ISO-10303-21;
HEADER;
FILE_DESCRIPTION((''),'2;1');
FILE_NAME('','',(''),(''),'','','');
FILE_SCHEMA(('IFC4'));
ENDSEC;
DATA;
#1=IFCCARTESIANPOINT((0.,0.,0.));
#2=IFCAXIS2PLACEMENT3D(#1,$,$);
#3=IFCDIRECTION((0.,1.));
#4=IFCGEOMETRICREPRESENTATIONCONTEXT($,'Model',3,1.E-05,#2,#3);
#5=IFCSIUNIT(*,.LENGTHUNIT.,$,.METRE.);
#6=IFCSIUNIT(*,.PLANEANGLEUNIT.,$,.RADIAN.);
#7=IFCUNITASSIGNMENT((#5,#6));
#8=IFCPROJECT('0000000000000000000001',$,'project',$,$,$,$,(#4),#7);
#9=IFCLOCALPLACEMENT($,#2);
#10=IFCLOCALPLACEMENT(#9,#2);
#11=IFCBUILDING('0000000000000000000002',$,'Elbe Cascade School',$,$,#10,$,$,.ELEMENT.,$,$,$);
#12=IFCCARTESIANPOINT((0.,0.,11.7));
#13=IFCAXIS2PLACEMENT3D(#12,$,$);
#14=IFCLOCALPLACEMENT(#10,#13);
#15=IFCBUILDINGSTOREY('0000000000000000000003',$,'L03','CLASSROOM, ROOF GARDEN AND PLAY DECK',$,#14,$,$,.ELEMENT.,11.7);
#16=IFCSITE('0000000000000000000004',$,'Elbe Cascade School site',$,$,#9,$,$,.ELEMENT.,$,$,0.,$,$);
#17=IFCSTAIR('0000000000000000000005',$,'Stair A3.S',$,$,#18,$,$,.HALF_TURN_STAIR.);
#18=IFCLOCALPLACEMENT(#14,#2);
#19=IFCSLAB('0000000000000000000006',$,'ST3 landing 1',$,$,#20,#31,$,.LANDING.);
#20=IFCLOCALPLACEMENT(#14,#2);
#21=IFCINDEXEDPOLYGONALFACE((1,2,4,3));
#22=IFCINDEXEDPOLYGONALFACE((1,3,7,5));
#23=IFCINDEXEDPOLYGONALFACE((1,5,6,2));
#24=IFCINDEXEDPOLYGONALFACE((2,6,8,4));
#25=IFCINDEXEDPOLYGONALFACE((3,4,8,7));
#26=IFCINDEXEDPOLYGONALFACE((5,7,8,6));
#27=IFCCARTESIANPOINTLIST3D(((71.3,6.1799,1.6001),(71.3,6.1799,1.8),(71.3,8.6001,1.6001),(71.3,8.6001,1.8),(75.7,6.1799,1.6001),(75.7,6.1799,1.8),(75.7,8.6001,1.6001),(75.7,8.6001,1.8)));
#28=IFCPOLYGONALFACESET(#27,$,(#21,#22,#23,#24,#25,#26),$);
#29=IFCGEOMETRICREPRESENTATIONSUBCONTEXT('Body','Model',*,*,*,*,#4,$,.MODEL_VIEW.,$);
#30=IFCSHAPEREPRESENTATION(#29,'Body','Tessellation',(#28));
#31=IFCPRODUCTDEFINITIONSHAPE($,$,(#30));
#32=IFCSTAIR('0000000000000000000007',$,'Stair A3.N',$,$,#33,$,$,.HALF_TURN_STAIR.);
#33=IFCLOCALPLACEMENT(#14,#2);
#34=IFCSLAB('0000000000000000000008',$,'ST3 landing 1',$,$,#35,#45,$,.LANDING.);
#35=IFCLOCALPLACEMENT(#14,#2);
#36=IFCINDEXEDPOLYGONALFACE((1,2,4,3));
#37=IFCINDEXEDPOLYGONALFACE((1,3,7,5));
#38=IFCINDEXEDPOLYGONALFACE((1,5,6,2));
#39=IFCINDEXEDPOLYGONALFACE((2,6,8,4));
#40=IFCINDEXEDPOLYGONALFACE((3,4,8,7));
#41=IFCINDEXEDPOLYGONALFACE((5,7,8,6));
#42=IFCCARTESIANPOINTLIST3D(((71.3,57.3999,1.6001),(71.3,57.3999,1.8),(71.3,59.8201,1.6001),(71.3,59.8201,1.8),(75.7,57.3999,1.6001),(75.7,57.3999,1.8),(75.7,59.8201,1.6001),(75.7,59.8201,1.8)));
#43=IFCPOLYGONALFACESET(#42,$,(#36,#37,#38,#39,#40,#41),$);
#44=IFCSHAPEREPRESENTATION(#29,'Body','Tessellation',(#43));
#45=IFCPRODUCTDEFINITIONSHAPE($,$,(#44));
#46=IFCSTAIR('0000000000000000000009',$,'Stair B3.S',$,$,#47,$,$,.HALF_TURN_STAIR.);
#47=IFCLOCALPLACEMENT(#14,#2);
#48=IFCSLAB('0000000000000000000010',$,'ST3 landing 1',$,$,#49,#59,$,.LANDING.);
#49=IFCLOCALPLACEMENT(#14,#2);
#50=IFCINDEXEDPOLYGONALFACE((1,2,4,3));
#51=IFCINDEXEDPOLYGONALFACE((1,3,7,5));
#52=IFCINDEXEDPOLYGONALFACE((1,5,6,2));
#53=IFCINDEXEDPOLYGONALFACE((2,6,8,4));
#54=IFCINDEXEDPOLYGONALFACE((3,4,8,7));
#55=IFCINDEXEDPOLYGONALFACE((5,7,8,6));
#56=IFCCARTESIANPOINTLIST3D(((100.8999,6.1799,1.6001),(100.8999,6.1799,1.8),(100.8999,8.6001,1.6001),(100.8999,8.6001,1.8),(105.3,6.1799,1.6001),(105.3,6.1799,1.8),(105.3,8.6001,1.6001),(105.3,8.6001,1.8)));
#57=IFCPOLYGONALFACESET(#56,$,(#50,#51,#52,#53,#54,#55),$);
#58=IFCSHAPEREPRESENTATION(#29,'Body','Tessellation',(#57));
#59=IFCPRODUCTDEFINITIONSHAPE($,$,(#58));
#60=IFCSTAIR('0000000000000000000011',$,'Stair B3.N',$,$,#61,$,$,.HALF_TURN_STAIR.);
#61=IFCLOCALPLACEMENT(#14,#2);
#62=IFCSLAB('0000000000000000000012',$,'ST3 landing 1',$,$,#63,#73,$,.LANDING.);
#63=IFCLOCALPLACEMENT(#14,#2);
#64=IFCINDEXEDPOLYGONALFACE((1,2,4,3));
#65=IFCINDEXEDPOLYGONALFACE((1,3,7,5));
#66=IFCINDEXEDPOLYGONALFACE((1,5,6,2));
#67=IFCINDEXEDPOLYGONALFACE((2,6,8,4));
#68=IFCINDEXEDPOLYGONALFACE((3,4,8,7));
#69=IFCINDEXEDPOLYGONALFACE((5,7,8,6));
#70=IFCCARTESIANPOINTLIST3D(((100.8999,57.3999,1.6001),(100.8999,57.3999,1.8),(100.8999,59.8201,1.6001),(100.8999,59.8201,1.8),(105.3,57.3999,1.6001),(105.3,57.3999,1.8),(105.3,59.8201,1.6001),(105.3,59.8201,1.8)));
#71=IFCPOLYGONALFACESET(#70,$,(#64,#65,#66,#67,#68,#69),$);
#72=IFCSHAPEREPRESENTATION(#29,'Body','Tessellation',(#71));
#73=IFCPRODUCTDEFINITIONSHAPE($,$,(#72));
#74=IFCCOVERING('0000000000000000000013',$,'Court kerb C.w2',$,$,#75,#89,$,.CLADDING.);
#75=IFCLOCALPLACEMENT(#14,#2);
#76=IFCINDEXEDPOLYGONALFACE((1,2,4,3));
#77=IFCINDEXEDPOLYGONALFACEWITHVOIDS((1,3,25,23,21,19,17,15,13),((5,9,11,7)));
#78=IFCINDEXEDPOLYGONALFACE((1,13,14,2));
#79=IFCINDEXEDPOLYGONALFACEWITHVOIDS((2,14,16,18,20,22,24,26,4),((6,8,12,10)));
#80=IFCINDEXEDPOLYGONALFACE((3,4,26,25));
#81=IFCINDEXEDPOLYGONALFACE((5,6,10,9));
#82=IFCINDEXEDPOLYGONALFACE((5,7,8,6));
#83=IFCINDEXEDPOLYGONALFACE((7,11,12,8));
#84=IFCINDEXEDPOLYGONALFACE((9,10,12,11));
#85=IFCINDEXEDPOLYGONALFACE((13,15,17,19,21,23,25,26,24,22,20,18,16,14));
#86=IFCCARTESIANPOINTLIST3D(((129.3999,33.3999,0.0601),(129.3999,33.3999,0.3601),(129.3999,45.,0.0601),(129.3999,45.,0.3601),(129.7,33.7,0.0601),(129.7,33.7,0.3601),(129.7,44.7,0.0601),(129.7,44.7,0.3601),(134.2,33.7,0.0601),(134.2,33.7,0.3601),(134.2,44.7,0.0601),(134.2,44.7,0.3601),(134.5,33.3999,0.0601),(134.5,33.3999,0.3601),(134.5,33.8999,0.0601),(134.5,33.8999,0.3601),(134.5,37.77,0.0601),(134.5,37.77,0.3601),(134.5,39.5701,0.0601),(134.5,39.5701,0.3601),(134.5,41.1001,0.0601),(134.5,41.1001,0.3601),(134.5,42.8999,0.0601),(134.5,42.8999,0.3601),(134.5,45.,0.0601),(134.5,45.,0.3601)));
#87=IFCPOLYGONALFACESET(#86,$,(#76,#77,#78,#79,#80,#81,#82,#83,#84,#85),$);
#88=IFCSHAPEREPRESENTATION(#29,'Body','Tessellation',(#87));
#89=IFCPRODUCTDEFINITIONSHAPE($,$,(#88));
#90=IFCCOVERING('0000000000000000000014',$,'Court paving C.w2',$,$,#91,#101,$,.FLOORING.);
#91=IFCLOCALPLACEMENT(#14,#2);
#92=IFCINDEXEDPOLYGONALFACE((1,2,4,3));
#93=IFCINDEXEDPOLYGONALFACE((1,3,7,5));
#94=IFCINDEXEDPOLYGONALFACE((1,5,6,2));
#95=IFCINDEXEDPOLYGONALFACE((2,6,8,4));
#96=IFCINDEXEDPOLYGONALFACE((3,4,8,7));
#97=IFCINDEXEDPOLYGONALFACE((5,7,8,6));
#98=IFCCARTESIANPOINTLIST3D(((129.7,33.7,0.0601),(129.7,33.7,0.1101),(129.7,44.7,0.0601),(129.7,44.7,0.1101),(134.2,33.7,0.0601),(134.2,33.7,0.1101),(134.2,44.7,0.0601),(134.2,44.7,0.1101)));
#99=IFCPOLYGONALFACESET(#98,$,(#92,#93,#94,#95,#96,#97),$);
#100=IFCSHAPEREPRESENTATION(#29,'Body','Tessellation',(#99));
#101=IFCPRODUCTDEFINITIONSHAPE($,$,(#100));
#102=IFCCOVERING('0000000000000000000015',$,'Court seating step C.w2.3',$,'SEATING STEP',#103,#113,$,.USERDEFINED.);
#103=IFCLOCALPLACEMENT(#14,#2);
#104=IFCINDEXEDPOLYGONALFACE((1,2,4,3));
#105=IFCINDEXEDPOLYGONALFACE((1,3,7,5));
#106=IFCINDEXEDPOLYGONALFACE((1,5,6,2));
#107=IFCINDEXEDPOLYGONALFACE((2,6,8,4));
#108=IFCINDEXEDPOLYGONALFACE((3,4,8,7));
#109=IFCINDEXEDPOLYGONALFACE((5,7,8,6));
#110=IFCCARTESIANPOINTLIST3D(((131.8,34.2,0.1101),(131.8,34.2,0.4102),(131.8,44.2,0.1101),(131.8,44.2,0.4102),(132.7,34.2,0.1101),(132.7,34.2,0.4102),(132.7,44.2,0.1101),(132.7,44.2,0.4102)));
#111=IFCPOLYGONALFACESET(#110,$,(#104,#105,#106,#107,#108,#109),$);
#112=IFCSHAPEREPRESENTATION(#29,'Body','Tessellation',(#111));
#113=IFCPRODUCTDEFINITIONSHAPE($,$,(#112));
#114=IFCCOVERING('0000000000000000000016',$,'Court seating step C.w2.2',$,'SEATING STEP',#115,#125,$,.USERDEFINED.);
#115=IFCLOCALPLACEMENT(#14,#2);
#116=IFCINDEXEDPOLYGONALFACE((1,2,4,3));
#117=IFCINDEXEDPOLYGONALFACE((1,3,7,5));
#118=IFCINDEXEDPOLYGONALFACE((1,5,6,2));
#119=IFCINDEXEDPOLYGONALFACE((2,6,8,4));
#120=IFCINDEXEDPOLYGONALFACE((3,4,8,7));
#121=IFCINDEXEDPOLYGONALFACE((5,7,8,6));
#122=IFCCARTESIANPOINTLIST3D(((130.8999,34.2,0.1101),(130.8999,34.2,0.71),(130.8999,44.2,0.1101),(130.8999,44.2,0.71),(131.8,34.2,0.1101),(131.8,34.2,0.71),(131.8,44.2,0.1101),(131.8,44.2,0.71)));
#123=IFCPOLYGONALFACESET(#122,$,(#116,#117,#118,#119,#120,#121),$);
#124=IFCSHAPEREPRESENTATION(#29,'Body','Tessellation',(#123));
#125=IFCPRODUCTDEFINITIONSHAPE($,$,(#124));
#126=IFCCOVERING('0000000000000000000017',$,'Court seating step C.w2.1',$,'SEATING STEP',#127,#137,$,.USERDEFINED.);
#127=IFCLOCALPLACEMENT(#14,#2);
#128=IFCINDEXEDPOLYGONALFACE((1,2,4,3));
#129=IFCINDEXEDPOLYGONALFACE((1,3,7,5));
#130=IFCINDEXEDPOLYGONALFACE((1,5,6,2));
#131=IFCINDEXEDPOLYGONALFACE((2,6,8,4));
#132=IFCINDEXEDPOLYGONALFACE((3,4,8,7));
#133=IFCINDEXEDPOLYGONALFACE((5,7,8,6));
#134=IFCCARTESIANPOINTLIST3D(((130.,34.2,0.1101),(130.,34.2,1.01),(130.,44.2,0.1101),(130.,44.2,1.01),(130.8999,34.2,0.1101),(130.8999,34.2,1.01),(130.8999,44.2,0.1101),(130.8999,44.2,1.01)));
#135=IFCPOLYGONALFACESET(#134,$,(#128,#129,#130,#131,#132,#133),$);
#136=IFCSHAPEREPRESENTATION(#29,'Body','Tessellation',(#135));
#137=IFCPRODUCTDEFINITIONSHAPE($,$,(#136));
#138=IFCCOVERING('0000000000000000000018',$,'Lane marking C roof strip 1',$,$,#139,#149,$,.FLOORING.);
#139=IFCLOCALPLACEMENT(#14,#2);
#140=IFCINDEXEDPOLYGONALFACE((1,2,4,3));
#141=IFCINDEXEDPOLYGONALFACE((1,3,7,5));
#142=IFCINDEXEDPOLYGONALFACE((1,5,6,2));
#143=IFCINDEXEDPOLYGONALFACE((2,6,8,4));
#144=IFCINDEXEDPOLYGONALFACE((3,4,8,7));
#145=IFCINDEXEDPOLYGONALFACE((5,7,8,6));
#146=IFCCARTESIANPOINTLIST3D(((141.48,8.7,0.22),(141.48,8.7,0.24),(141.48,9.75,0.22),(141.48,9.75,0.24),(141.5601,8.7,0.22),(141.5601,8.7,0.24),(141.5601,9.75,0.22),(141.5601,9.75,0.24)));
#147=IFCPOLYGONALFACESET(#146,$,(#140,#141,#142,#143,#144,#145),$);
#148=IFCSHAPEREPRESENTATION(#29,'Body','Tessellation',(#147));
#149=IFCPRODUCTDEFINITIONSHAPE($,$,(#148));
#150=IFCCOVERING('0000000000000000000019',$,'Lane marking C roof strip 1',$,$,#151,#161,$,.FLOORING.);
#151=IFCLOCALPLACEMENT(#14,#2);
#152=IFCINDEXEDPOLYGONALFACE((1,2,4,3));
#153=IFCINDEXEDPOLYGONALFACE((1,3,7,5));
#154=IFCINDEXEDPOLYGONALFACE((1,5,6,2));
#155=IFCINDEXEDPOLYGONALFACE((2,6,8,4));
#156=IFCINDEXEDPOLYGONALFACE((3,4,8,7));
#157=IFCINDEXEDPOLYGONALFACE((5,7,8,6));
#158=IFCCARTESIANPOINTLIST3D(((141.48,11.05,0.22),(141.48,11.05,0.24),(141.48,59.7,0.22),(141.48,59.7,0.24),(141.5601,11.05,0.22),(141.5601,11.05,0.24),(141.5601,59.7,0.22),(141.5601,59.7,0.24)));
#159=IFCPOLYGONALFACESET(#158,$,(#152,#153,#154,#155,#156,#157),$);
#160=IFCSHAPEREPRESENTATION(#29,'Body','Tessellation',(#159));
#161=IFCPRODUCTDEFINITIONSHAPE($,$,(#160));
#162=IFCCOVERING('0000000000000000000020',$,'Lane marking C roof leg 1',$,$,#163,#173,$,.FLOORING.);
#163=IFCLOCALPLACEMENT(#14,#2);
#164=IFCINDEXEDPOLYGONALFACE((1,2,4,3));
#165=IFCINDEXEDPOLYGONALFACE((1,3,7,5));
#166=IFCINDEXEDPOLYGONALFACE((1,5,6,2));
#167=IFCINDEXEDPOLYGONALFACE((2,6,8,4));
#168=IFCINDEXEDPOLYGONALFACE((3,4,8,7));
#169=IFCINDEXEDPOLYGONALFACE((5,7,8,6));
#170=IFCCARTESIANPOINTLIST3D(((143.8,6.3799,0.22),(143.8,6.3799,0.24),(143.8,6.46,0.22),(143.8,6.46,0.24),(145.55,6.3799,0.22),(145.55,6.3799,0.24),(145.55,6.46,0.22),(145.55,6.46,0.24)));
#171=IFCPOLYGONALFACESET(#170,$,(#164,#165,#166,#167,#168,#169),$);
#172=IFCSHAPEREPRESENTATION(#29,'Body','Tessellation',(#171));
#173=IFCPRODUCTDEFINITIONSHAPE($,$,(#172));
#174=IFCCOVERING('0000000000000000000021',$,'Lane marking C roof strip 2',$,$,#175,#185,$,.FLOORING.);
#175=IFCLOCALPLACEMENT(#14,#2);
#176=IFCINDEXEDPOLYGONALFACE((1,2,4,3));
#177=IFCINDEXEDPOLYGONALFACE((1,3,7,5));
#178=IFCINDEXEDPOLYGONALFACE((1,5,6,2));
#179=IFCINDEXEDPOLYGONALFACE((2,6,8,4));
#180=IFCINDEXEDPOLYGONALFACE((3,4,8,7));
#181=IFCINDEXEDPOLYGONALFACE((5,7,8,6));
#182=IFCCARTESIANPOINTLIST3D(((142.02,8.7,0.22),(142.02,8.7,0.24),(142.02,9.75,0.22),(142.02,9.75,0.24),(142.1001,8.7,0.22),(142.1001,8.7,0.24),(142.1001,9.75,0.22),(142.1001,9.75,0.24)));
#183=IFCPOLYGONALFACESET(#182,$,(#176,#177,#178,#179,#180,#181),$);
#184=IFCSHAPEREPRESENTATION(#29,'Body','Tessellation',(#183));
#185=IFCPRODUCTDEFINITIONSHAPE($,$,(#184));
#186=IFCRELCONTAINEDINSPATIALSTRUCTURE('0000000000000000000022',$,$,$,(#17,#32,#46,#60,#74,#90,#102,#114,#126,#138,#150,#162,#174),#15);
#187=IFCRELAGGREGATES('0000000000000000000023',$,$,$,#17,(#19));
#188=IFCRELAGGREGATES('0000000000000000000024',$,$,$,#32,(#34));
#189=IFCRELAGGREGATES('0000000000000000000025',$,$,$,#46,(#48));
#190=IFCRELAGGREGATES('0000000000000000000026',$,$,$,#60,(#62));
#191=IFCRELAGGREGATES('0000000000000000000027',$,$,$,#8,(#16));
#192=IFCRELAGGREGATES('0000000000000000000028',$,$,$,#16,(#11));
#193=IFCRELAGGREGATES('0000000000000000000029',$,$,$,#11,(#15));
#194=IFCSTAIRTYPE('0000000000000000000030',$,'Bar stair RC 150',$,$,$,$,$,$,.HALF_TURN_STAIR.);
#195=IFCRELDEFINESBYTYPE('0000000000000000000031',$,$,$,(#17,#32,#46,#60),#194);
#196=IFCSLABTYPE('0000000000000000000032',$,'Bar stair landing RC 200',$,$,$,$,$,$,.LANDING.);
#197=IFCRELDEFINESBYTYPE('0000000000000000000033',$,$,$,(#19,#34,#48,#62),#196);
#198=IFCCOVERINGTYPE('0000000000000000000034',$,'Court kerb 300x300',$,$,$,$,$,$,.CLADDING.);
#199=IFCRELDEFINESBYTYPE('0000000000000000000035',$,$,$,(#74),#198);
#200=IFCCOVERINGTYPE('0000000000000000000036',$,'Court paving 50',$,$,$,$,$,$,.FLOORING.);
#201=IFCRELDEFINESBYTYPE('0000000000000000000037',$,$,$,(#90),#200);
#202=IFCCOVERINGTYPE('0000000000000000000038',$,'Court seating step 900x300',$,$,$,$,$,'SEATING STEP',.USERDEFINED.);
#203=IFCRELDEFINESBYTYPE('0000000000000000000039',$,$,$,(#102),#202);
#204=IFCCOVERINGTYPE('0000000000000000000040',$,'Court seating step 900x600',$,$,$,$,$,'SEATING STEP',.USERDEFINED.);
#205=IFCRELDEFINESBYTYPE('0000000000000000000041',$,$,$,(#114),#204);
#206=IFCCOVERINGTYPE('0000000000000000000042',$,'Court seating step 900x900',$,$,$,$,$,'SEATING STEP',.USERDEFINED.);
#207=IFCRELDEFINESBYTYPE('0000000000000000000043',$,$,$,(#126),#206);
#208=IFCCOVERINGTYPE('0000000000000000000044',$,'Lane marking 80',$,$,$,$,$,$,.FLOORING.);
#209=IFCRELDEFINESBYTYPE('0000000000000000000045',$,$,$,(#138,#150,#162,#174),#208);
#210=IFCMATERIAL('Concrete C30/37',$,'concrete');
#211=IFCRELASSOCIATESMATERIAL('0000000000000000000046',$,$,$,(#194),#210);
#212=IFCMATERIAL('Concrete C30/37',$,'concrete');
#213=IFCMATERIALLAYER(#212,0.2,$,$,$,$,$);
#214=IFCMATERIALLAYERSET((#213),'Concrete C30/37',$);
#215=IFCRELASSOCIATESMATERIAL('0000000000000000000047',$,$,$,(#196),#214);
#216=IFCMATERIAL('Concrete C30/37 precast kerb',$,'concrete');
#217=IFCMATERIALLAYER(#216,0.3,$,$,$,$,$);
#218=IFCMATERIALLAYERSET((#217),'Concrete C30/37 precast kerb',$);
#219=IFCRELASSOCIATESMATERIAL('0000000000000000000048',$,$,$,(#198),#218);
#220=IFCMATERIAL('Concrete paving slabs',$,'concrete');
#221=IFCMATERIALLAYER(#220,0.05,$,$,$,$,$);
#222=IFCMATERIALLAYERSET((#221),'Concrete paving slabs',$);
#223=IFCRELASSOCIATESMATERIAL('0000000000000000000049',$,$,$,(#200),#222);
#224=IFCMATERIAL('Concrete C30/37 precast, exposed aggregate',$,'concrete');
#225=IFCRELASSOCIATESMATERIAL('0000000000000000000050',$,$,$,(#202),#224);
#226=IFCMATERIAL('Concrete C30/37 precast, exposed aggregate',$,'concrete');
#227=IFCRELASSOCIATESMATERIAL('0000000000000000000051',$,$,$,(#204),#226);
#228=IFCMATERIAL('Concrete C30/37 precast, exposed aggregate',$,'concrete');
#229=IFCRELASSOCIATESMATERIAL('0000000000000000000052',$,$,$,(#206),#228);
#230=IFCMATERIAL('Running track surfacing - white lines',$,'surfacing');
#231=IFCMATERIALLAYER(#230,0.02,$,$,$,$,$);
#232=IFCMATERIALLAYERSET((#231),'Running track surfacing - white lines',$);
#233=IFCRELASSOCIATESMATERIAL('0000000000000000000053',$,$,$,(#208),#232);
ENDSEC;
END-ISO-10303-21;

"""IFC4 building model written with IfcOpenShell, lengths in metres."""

from ifc_helpers import new_model, si_unit, direction, frame, origin, place, context, subcontext, project, spatial, polyline, outline, extrude, material, layer, layer_set, type_object, element, aggregate, save


model = new_model("IFC4")

# Units and contexts
model_context = context("Model", 3, precision=1e-05, world=origin(), true_north=direction((0.0, 1.0)))
body_context = subcontext(model_context, "Body", "Model", "MODEL_VIEW")
ifc_project = project(units=[si_unit("LENGTHUNIT", "METRE"), si_unit("PLANEANGLEUNIT", "RADIAN")], contexts=[model_context])

# Site, building, storey
site_placement = place(None, origin())
site = spatial("IfcSite", under=ifc_project, at=site_placement, Name="Elbe Cascade School site", CompositionType="ELEMENT", RefElevation=0.0)
building_placement = place(site_placement, origin())
building = spatial("IfcBuilding", under=site, at=building_placement, Name="Elbe Cascade School", CompositionType="ELEMENT")
storey_placement = place(building_placement, frame((0.0, 0.0, 11.7)))
storey = spatial("IfcBuildingStorey", under=building, at=storey_placement, Name="L03", Description="CLASSROOM, ROOF GARDEN AND PLAY DECK", CompositionType="ELEMENT", Elevation=11.7)

# Stairs, slabs
ifc_material_1 = material(Name="Concrete C30/37", Category="concrete")
stair_type = type_object("IfcStairType", Name="Bar stair RC 150", PredefinedType="HALF_TURN_STAIR", material=ifc_material_1)
stair_1_placement = place(storey_placement, origin())
stair_1 = element("IfcStair", 1, at=stair_1_placement, inside=storey, type_object=stair_type, Name="Stair A3.S", PredefinedType="HALF_TURN_STAIR")
ifc_material_2 = material(Name="Concrete C30/37", Category="concrete")
ifc_layer_1 = layer(ifc_material_2, 0.2)
ifc_layer_set_1 = layer_set([ifc_layer_1], Name="Concrete C30/37")
slab_type = type_object("IfcSlabType", Name="Bar stair landing RC 200", PredefinedType="LANDING", material=ifc_layer_set_1)
slab_1_placement = place(storey_placement, frame((0.0, 0.0, 1.6001)))
slab_1 = element("IfcSlab", 2, at=slab_1_placement, type_object=slab_type, Name="ST3 landing 1", PredefinedType="LANDING", context=body_context, shape_type="SweptSolid", body=[
    extrude(outline(polyline([(71.3, 6.1799), (75.7, 6.1799), (75.7, 8.6001), (71.3, 8.6001), (71.3, 6.1799)])), origin(), (0.0, 0.0, 1.0), 0.2),
])
aggregate(stair_1, [slab_1])
stair_2_placement = place(storey_placement, origin())
stair_2 = element("IfcStair", 3, at=stair_2_placement, inside=storey, type_object=stair_type, Name="Stair A3.N", PredefinedType="HALF_TURN_STAIR")
slab_2_placement = place(storey_placement, frame((0.0, 0.0, 1.6001)))
slab_2 = element("IfcSlab", 4, at=slab_2_placement, type_object=slab_type, Name="ST3 landing 1", PredefinedType="LANDING", context=body_context, shape_type="SweptSolid", body=[
    extrude(outline(polyline([(71.3, 57.3999), (75.7, 57.3999), (75.7, 59.8201), (71.3, 59.8201), (71.3, 57.3999)])), origin(), (0.0, 0.0, 1.0), 0.2),
])
aggregate(stair_2, [slab_2])
stair_3_placement = place(storey_placement, origin())
stair_3 = element("IfcStair", 5, at=stair_3_placement, inside=storey, type_object=stair_type, Name="Stair B3.S", PredefinedType="HALF_TURN_STAIR")
slab_3_placement = place(storey_placement, frame((0.0, 0.0, 1.6001)))
slab_3 = element("IfcSlab", 6, at=slab_3_placement, type_object=slab_type, Name="ST3 landing 1", PredefinedType="LANDING", context=body_context, shape_type="SweptSolid", body=[
    extrude(outline(polyline([(100.8999, 6.1799), (105.3, 6.1799), (105.3, 8.6001), (100.8999, 8.6001), (100.8999, 6.1799)])), origin(), (0.0, 0.0, 1.0), 0.2),
])
aggregate(stair_3, [slab_3])
stair_4_placement = place(storey_placement, origin())
stair_4 = element("IfcStair", 7, at=stair_4_placement, inside=storey, type_object=stair_type, Name="Stair B3.N", PredefinedType="HALF_TURN_STAIR")
slab_4_placement = place(storey_placement, frame((0.0, 0.0, 1.6001)))
slab_4 = element("IfcSlab", 8, at=slab_4_placement, type_object=slab_type, Name="ST3 landing 1", PredefinedType="LANDING", context=body_context, shape_type="SweptSolid", body=[
    extrude(outline(polyline([(100.8999, 57.3999), (105.3, 57.3999), (105.3, 59.8201), (100.8999, 59.8201), (100.8999, 57.3999)])), origin(), (0.0, 0.0, 1.0), 0.2),
])
aggregate(stair_4, [slab_4])

# Coverings
ifc_material_3 = material(Name="Concrete C30/37 precast kerb", Category="concrete")
ifc_layer_2 = layer(ifc_material_3, 0.3)
ifc_layer_set_2 = layer_set([ifc_layer_2], Name="Concrete C30/37 precast kerb")
covering_type_1 = type_object("IfcCoveringType", Name="Court kerb 300x300", PredefinedType="CLADDING", material=ifc_layer_set_2)
covering_1_placement = place(storey_placement, frame((0.0, 0.0, 0.0601)))
element("IfcCovering", 9, at=covering_1_placement, inside=storey, type_object=covering_type_1, Name="Court kerb C.w2", PredefinedType="CLADDING", context=body_context, shape_type="SweptSolid", body=[
    extrude(outline(polyline([(134.5, 33.3999), (129.3999, 33.3999), (129.3999, 45.0), (134.5, 45.0), (134.5, 42.8999), (134.5, 41.1001), (134.5, 39.5701), (134.5, 37.77), (134.5, 33.8999), (134.5, 33.3999)]), holes=[polyline([(134.2, 33.7), (129.7, 33.7), (129.7, 44.7), (134.2, 44.7), (134.2, 33.7)])]), origin(), (0.0, 0.0, 1.0), 0.3),
])
ifc_material_4 = material(Name="Concrete paving slabs", Category="concrete")
ifc_layer_3 = layer(ifc_material_4, 0.05)
ifc_layer_set_3 = layer_set([ifc_layer_3], Name="Concrete paving slabs")
covering_type_2 = type_object("IfcCoveringType", Name="Court paving 50", PredefinedType="FLOORING", material=ifc_layer_set_3)
covering_2_placement = place(storey_placement, frame((0.0, 0.0, 0.0601)))
element("IfcCovering", 10, at=covering_2_placement, inside=storey, type_object=covering_type_2, Name="Court paving C.w2", PredefinedType="FLOORING", context=body_context, shape_type="SweptSolid", body=[
    extrude(outline(polyline([(134.2, 33.7), (129.7, 33.7), (129.7, 44.7), (134.2, 44.7), (134.2, 33.7)])), origin(), (0.0, 0.0, 1.0), 0.05),
])
ifc_material_5 = material(Name="Concrete C30/37 precast, exposed aggregate", Category="concrete")
covering_type_3 = type_object("IfcCoveringType", Name="Court seating step 900x300", ElementType="SEATING STEP", PredefinedType="USERDEFINED", material=ifc_material_5)
covering_3_placement = place(storey_placement, frame((0.0, 0.0, 0.1101)))
element("IfcCovering", 11, at=covering_3_placement, inside=storey, type_object=covering_type_3, Name="Court seating step C.w2.3", ObjectType="SEATING STEP", PredefinedType="USERDEFINED", context=body_context, shape_type="SweptSolid", body=[
    extrude(outline(polyline([(131.8, 34.2), (132.7, 34.2), (132.7, 44.2), (131.8, 44.2), (131.8, 34.2)])), origin(), (0.0, 0.0, 1.0), 0.3),
])
ifc_material_6 = material(Name="Concrete C30/37 precast, exposed aggregate", Category="concrete")
covering_type_4 = type_object("IfcCoveringType", Name="Court seating step 900x600", ElementType="SEATING STEP", PredefinedType="USERDEFINED", material=ifc_material_6)
covering_4_placement = place(storey_placement, frame((0.0, 0.0, 0.1101)))
element("IfcCovering", 12, at=covering_4_placement, inside=storey, type_object=covering_type_4, Name="Court seating step C.w2.2", ObjectType="SEATING STEP", PredefinedType="USERDEFINED", context=body_context, shape_type="SweptSolid", body=[
    extrude(outline(polyline([(130.8999, 34.2), (131.8, 34.2), (131.8, 44.2), (130.8999, 44.2), (130.8999, 34.2)])), origin(), (0.0, 0.0, 1.0), 0.5999),
])
ifc_material_7 = material(Name="Concrete C30/37 precast, exposed aggregate", Category="concrete")
covering_type_5 = type_object("IfcCoveringType", Name="Court seating step 900x900", ElementType="SEATING STEP", PredefinedType="USERDEFINED", material=ifc_material_7)
covering_5_placement = place(storey_placement, frame((0.0, 0.0, 0.1101)))
element("IfcCovering", 13, at=covering_5_placement, inside=storey, type_object=covering_type_5, Name="Court seating step C.w2.1", ObjectType="SEATING STEP", PredefinedType="USERDEFINED", context=body_context, shape_type="SweptSolid", body=[
    extrude(outline(polyline([(130.0, 34.2), (130.8999, 34.2), (130.8999, 44.2), (130.0, 44.2), (130.0, 34.2)])), origin(), (0.0, 0.0, 1.0), 0.8999),
])
ifc_material_8 = material(Name="Running track surfacing - white lines", Category="surfacing")
ifc_layer_4 = layer(ifc_material_8, 0.02)
ifc_layer_set_4 = layer_set([ifc_layer_4], Name="Running track surfacing - white lines")
covering_type_6 = type_object("IfcCoveringType", Name="Lane marking 80", PredefinedType="FLOORING", material=ifc_layer_set_4)
covering_6_placement = place(storey_placement, frame((0.0, 0.0, 0.22)))
element("IfcCovering", 14, at=covering_6_placement, inside=storey, type_object=covering_type_6, Name="Lane marking C roof strip 1", PredefinedType="FLOORING", context=body_context, shape_type="SweptSolid", body=[
    extrude(outline(polyline([(141.5601, 8.7), (141.48, 8.7), (141.48, 9.75), (141.5601, 9.75), (141.5601, 8.7)])), origin(), (0.0, 0.0, 1.0), 0.02),
])
covering_7_placement = place(storey_placement, frame((0.0, 0.0, 0.22)))
element("IfcCovering", 15, at=covering_7_placement, inside=storey, type_object=covering_type_6, Name="Lane marking C roof strip 1", PredefinedType="FLOORING", context=body_context, shape_type="SweptSolid", body=[
    extrude(outline(polyline([(141.48, 59.7), (141.5601, 59.7), (141.5601, 11.05), (141.48, 11.05), (141.48, 59.7)])), origin(), (0.0, 0.0, 1.0), 0.02),
])
covering_8_placement = place(storey_placement, frame((0.0, 0.0, 0.22)))
element("IfcCovering", 16, at=covering_8_placement, inside=storey, type_object=covering_type_6, Name="Lane marking C roof leg 1", PredefinedType="FLOORING", context=body_context, shape_type="SweptSolid", body=[
    extrude(outline(polyline([(143.8, 6.3799), (145.55, 6.3799), (145.55, 6.46), (143.8, 6.46), (143.8, 6.3799)])), origin(), (0.0, 0.0, 1.0), 0.02),
])
covering_9_placement = place(storey_placement, frame((0.0, 0.0, 0.22)))
element("IfcCovering", 17, at=covering_9_placement, inside=storey, type_object=covering_type_6, Name="Lane marking C roof strip 2", PredefinedType="FLOORING", context=body_context, shape_type="SweptSolid", body=[
    extrude(outline(polyline([(142.1001, 8.7), (142.02, 8.7), (142.02, 9.75), (142.1001, 9.75), (142.1001, 8.7)])), origin(), (0.0, 0.0, 1.0), 0.02),
])

save(model, "model.ifc")
